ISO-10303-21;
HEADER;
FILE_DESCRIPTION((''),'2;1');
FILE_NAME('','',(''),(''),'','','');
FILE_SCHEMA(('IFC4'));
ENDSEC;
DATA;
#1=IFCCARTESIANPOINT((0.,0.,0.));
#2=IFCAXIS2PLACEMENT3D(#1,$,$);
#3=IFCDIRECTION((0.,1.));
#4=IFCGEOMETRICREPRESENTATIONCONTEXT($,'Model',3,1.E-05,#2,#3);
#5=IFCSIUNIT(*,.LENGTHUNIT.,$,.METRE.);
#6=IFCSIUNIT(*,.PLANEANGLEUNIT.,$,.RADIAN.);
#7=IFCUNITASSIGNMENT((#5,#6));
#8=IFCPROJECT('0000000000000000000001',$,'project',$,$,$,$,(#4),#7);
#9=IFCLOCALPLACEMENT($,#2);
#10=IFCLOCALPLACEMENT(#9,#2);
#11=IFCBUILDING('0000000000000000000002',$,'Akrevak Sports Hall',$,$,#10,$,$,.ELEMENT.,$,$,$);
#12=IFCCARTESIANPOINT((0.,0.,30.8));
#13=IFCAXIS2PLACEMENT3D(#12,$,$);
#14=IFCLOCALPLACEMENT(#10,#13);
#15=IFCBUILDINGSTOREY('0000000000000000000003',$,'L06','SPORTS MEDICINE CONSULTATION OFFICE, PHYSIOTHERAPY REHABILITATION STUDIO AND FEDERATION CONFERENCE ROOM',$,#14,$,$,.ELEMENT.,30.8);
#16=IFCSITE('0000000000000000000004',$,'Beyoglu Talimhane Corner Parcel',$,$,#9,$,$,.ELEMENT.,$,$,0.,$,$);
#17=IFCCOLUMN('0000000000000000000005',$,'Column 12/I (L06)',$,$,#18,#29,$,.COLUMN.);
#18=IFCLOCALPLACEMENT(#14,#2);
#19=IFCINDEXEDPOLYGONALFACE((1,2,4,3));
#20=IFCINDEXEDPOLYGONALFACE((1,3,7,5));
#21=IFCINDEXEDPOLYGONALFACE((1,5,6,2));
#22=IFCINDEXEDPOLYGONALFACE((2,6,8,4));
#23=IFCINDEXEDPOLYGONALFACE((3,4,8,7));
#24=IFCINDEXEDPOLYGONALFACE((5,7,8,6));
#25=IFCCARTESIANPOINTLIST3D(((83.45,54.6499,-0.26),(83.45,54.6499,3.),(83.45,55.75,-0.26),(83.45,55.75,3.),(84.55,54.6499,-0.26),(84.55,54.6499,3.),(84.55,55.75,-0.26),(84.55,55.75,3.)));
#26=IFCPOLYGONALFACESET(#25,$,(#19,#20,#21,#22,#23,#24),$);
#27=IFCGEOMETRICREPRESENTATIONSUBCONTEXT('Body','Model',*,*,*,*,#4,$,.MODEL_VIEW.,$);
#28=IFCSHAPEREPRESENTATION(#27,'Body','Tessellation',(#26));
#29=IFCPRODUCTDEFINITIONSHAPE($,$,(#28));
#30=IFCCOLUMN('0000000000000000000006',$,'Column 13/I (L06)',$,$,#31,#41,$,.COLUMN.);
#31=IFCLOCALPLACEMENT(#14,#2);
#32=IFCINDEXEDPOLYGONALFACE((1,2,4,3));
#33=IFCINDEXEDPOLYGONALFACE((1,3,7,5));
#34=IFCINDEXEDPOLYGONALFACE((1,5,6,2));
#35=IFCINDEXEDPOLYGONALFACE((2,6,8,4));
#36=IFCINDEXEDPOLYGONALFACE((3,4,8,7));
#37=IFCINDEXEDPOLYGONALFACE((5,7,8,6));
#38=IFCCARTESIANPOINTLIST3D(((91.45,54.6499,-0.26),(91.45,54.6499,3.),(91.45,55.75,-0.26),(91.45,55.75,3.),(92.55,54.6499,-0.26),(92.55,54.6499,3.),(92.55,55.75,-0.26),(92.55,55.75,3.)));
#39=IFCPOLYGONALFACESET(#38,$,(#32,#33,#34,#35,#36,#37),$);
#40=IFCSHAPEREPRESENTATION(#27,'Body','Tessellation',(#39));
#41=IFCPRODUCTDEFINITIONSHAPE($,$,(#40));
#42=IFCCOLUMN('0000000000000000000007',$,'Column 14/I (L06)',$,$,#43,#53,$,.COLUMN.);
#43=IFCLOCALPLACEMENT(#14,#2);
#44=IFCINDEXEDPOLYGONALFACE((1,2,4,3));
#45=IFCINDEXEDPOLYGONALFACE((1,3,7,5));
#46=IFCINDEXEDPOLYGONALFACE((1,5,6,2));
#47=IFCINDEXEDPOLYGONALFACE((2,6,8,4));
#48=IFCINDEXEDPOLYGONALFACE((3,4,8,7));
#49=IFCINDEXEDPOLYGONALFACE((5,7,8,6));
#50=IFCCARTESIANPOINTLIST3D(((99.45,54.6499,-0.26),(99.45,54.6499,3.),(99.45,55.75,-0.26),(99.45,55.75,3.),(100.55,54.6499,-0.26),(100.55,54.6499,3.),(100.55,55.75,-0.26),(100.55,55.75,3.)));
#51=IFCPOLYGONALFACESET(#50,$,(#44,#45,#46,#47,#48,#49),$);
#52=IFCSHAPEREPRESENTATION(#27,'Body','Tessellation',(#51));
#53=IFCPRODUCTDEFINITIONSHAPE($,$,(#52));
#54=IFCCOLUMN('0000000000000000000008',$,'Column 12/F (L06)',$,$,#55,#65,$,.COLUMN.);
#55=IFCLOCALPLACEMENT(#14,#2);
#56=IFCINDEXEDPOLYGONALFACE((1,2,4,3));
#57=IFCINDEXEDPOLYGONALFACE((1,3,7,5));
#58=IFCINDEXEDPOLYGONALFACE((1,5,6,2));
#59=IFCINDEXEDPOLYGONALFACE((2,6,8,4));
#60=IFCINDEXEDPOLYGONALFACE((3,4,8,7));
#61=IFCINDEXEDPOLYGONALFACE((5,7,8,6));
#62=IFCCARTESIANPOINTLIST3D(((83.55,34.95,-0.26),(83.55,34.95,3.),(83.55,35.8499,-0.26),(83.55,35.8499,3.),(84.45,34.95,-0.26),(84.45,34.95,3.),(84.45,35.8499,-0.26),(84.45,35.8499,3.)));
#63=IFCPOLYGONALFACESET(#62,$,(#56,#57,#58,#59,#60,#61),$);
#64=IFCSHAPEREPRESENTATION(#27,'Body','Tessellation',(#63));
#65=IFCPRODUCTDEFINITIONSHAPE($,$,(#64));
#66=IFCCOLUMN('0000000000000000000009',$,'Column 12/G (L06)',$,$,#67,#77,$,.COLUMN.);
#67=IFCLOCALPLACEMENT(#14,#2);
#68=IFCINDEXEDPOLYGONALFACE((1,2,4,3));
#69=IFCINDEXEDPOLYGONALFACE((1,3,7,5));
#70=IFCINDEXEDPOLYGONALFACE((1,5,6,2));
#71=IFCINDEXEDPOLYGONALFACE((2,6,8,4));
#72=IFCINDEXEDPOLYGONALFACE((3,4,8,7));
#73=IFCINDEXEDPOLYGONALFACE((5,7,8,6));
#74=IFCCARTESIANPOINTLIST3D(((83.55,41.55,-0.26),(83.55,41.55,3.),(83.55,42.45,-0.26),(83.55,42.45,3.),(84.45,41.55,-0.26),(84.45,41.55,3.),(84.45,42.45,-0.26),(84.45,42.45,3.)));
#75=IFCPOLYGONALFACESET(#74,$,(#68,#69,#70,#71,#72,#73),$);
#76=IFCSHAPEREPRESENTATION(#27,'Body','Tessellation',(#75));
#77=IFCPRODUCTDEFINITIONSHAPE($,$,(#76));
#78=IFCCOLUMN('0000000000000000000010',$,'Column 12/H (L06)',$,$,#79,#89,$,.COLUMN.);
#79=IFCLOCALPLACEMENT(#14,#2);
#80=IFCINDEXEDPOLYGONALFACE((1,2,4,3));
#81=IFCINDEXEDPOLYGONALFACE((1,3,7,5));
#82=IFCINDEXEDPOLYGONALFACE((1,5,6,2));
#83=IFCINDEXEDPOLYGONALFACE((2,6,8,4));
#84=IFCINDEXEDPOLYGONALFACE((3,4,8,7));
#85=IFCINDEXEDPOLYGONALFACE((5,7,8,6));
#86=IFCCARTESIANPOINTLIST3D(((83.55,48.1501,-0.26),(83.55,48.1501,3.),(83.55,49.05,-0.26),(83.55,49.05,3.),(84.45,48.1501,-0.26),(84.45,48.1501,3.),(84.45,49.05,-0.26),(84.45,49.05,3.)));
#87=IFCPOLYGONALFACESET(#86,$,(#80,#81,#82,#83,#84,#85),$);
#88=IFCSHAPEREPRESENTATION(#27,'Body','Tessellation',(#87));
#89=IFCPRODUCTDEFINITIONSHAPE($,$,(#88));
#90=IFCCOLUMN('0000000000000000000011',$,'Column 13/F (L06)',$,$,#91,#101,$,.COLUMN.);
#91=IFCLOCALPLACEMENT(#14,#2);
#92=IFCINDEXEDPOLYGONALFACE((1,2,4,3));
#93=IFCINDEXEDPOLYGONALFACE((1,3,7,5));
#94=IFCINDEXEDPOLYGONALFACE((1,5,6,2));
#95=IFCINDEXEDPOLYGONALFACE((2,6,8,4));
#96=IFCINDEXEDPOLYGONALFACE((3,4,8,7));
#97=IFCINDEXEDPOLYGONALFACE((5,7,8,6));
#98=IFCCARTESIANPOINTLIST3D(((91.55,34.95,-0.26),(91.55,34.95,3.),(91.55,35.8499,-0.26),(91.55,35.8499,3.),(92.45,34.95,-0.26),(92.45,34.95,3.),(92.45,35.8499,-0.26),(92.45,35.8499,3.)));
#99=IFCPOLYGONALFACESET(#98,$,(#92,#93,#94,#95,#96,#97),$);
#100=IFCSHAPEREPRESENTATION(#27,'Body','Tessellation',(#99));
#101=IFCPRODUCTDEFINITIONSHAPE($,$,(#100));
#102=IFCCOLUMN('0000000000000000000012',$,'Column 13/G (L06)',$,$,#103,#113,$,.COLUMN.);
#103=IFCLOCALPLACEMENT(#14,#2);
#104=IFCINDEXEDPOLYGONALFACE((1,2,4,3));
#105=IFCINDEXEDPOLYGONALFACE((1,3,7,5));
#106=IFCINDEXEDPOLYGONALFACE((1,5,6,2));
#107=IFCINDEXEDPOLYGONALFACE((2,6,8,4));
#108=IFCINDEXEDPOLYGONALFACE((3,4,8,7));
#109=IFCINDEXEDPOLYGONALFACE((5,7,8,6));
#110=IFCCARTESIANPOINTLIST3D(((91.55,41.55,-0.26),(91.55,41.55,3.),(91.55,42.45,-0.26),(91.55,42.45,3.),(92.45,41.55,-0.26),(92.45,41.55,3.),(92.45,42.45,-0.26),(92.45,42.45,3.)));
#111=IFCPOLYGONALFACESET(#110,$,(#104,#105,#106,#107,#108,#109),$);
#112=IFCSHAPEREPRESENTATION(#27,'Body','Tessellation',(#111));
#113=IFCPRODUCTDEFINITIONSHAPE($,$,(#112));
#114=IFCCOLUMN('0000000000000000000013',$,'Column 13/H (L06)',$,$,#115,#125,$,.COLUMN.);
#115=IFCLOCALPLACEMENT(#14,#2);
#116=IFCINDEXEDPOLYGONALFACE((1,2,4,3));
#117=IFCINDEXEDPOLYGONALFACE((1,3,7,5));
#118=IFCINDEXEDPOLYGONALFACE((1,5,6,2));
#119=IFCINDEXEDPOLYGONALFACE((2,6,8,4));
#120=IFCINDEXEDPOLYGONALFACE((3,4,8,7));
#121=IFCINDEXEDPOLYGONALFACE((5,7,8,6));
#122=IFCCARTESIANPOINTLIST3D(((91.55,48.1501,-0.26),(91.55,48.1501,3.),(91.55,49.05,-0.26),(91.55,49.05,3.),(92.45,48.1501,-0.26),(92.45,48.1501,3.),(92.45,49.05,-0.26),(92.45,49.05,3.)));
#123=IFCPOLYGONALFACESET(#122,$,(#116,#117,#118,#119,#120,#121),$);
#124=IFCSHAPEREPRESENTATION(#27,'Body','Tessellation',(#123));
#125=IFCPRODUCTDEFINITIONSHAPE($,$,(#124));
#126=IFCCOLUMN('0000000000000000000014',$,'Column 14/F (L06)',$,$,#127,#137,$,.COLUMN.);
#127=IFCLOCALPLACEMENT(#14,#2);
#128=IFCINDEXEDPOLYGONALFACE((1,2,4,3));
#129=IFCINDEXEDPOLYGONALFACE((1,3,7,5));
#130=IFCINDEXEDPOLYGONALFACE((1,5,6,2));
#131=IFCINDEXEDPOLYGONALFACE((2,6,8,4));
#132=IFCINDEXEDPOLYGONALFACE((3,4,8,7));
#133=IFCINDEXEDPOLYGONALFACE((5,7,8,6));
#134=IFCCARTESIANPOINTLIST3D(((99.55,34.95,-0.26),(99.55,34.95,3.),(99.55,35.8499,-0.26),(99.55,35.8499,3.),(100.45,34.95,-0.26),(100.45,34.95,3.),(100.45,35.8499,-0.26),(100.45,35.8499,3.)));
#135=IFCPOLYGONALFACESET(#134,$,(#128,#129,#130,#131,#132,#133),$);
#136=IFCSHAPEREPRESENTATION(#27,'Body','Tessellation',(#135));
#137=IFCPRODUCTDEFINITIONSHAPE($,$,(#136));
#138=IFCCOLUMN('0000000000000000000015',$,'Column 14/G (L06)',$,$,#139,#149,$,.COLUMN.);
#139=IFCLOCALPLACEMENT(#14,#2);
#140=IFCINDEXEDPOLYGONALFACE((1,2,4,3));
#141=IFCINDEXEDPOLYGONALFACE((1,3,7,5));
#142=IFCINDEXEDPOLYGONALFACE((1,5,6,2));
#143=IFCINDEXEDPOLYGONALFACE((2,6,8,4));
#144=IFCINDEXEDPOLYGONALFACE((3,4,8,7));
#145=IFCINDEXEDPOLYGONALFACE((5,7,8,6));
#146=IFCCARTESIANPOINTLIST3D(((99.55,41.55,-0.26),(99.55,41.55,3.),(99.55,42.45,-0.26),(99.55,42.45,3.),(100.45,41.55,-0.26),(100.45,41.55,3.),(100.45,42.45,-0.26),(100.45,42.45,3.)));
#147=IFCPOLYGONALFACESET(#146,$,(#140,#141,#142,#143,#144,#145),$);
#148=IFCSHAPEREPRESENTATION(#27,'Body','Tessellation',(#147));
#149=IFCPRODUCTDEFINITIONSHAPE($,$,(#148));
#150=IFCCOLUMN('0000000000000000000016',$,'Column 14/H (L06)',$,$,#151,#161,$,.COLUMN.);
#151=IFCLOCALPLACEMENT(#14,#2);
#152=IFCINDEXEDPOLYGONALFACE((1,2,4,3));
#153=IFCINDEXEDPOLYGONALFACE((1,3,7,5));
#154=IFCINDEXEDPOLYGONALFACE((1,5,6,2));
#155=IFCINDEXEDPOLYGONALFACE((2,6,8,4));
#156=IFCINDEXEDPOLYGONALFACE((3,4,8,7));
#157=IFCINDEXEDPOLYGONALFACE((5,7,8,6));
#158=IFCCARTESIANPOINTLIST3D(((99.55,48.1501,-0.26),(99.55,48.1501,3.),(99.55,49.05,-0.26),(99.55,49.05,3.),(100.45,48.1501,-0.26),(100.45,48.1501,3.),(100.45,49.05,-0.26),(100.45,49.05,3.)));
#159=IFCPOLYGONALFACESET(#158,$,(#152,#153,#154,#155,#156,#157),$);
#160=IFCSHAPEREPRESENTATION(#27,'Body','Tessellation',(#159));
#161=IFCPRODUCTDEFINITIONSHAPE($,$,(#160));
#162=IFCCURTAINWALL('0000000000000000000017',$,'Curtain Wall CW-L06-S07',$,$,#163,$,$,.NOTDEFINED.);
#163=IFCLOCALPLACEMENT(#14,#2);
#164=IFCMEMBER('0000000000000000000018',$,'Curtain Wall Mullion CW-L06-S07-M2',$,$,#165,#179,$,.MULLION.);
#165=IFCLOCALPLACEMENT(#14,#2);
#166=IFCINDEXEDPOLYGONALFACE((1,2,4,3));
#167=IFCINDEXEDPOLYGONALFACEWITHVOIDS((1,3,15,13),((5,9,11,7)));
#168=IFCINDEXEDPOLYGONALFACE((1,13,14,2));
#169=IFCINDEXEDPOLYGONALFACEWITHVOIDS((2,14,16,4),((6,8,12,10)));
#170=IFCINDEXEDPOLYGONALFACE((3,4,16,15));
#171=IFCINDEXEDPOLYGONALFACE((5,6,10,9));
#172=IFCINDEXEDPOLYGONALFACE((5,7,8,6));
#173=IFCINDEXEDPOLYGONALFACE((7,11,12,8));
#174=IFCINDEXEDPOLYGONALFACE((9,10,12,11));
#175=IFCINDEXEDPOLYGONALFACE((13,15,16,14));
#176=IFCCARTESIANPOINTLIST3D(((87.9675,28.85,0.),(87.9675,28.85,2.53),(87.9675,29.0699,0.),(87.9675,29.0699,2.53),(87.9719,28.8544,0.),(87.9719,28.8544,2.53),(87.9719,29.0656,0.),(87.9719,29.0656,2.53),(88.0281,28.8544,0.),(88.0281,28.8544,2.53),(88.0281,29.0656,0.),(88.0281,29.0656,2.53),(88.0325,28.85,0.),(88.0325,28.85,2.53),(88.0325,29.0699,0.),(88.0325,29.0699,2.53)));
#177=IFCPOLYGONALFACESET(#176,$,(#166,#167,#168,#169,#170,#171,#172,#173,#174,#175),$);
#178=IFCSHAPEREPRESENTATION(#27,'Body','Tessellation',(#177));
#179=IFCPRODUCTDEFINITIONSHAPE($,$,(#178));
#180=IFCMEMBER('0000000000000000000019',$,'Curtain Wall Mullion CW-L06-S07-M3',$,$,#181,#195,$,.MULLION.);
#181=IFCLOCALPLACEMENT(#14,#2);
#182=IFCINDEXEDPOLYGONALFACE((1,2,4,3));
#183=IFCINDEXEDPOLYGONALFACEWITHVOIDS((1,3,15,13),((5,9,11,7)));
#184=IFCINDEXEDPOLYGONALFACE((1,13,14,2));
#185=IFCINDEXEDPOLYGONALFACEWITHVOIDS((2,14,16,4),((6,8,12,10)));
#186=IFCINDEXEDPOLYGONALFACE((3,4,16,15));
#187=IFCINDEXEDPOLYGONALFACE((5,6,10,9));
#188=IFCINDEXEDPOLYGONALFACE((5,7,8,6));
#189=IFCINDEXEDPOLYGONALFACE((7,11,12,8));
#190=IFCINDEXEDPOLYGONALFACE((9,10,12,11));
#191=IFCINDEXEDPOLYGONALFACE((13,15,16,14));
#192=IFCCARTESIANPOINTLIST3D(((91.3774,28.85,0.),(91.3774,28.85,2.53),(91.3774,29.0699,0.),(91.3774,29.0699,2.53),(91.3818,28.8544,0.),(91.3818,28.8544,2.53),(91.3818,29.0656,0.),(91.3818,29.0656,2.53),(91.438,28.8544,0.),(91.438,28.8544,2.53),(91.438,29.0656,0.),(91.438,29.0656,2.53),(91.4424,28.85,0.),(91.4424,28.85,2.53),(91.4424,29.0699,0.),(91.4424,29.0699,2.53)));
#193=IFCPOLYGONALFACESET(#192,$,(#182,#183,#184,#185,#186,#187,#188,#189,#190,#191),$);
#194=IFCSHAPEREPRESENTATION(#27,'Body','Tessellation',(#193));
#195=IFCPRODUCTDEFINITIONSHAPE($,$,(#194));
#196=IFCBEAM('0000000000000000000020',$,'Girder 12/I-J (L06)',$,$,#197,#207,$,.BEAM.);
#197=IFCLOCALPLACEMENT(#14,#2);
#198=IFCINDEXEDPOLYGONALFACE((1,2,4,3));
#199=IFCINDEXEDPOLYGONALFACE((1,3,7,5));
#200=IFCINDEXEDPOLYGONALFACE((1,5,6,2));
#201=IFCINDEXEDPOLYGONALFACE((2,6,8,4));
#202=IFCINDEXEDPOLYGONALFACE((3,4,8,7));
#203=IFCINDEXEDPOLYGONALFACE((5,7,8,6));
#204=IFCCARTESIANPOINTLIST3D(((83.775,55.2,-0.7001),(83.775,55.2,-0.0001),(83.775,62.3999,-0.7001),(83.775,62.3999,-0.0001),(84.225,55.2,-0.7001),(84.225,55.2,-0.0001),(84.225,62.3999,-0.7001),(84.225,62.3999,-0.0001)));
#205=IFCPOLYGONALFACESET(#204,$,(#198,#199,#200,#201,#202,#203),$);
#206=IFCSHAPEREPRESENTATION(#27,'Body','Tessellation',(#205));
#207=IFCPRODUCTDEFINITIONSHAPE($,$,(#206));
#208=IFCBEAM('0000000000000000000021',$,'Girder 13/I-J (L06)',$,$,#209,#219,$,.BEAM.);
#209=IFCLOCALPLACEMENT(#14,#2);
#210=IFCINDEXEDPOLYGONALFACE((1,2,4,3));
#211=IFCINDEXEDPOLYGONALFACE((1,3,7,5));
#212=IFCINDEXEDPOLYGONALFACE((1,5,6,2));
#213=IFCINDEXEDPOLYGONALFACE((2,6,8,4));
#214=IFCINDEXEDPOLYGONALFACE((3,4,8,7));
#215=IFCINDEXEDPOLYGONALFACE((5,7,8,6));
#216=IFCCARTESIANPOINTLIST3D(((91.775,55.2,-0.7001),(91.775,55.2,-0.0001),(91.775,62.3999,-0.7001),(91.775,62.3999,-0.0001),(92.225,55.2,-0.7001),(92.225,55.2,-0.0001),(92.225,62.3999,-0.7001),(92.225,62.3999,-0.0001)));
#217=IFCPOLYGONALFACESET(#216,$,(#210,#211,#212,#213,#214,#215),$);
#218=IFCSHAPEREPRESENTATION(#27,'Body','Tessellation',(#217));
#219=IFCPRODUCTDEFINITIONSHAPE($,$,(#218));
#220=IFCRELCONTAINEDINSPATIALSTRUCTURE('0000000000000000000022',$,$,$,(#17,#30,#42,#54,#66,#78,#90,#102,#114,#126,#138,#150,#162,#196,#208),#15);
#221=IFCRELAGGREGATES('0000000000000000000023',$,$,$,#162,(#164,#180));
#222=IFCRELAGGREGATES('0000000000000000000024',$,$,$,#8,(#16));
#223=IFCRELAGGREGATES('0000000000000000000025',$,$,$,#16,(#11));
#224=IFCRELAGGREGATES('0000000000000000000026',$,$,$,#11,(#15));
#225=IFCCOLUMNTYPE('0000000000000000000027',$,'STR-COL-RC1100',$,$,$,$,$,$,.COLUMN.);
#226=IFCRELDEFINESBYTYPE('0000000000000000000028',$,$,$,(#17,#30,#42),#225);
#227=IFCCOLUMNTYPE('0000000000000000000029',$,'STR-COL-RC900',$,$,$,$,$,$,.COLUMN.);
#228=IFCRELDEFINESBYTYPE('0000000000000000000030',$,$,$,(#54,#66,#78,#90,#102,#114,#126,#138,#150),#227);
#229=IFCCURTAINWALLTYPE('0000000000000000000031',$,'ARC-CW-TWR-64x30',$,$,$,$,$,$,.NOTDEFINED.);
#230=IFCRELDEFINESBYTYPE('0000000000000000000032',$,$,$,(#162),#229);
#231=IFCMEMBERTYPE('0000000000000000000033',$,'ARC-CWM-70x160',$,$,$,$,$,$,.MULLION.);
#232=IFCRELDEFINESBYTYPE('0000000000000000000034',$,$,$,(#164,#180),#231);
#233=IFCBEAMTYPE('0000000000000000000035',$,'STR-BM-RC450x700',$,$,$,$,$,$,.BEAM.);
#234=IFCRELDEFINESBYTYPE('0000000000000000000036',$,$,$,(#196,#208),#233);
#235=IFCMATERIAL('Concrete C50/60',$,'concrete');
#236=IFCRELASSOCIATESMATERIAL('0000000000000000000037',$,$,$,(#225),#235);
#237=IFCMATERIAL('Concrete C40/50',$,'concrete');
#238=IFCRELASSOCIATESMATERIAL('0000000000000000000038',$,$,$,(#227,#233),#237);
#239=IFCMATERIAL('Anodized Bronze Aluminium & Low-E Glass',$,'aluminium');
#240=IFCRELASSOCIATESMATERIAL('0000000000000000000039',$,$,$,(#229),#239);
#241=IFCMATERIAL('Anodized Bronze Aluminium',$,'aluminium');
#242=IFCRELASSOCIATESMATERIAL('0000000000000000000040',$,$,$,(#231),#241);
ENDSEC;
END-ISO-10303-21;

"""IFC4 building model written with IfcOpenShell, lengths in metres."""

from ifc_helpers import new_model, si_unit, direction, frame, origin, origin_2d, place, context, subcontext, project, spatial, rectangle, hollow_rectangle, extrude, material, material_profile, profile_set, type_object, element, aggregate, save


model = new_model("IFC4")

# Units and contexts
model_context = context("Model", 3, precision=1e-05, world=origin(), true_north=direction((0.0, 1.0)))
body_context = subcontext(model_context, "Body", "Model", "MODEL_VIEW")
ifc_project = project(units=[si_unit("LENGTHUNIT", "METRE"), si_unit("PLANEANGLEUNIT", "RADIAN")], contexts=[model_context])

# Site, building, storey
site_placement = place(None, origin())
site = spatial("IfcSite", under=ifc_project, at=site_placement, Name="Beyoglu Talimhane Corner Parcel", CompositionType="ELEMENT", RefElevation=0.0)
building_placement = place(site_placement, origin())
building = spatial("IfcBuilding", under=site, at=building_placement, Name="Akrevak Sports Hall", CompositionType="ELEMENT")
storey_placement = place(building_placement, frame((0.0, 0.0, 30.8)))
storey = spatial("IfcBuildingStorey", under=building, at=storey_placement, Name="L06", Description="SPORTS MEDICINE CONSULTATION OFFICE, PHYSIOTHERAPY REHABILITATION STUDIO AND FEDERATION CONFERENCE ROOM", CompositionType="ELEMENT", Elevation=30.8)

# Columns
ifc_material_1 = material(Name="Concrete C50/60", Category="concrete")
ifc_material_profile_1 = material_profile(ifc_material_1, rectangle(XDim=1.1001, YDim=1.1001, at=origin_2d()), Name="RC 1100x1100", Category="concrete")
ifc_profile_set_1 = profile_set([ifc_material_profile_1], Name="Concrete C50/60")
column_type_1 = type_object("IfcColumnType", Name="STR-COL-RC1100", PredefinedType="COLUMN", material=ifc_profile_set_1)
for number, where, z_axis, x_axis, name in (
    (1, (84.0, 55.2, -0.26), (0.0, 0.0, 1.0), (1.0, 0.0, 0.0), "Column 12/I (L06)"),
    (2, (92.0, 55.2, -0.26), (0.0, 0.0, 1.0), (1.0, 0.0, 0.0), "Column 13/I (L06)"),
    (3, (100.0, 55.2, -0.26), (0.0, 0.0, 1.0), (1.0, 0.0, 0.0), "Column 14/I (L06)"),
):
    element("IfcColumn", number, at=place(storey_placement, frame(where, z_axis=z_axis, x_axis=x_axis)), inside=storey, type_object=column_type_1, Name=name, PredefinedType="COLUMN", context=body_context, shape_type="SweptSolid", body=[
        extrude(rectangle(XDim=1.1001, YDim=1.1001, at=origin_2d()), origin(), (0.0, 0.0, 1.0), 3.26),
    ])
ifc_material_2 = material(Name="Concrete C40/50", Category="concrete")
ifc_material_profile_2 = material_profile(ifc_material_2, rectangle(XDim=0.8999, YDim=0.8999, at=origin_2d()), Name="RC 900x900", Category="concrete")
ifc_profile_set_2 = profile_set([ifc_material_profile_2], Name="Concrete C40/50")
column_type_2 = type_object("IfcColumnType", Name="STR-COL-RC900", PredefinedType="COLUMN", material=ifc_profile_set_2)
for number, where, z_axis, x_axis, name in (
    (4, (84.0, 35.3999, -0.26), (0.0, 0.0, 1.0), (1.0, 0.0, 0.0), "Column 12/F (L06)"),
    (5, (84.0, 42.0, -0.26), (0.0, 0.0, 1.0), (1.0, 0.0, 0.0), "Column 12/G (L06)"),
    (6, (84.0, 48.6001, -0.26), (0.0, 0.0, 1.0), (1.0, 0.0, 0.0), "Column 12/H (L06)"),
    (7, (92.0, 35.3999, -0.26), (0.0, 0.0, 1.0), (1.0, 0.0, 0.0), "Column 13/F (L06)"),
    (8, (92.0, 42.0, -0.26), (0.0, 0.0, 1.0), (1.0, 0.0, 0.0), "Column 13/G (L06)"),
    (9, (92.0, 48.6001, -0.26), (0.0, 0.0, 1.0), (1.0, 0.0, 0.0), "Column 13/H (L06)"),
    (10, (100.0, 35.3999, -0.26), (0.0, 0.0, 1.0), (1.0, 0.0, 0.0), "Column 14/F (L06)"),
    (11, (100.0, 42.0, -0.26), (0.0, 0.0, 1.0), (1.0, 0.0, 0.0), "Column 14/G (L06)"),
    (12, (100.0, 48.6001, -0.26), (0.0, 0.0, 1.0), (1.0, 0.0, 0.0), "Column 14/H (L06)"),
):
    element("IfcColumn", number, at=place(storey_placement, frame(where, z_axis=z_axis, x_axis=x_axis)), inside=storey, type_object=column_type_2, Name=name, PredefinedType="COLUMN", context=body_context, shape_type="SweptSolid", body=[
        extrude(rectangle(XDim=0.8999, YDim=0.8999, at=origin_2d()), origin(), (0.0, 0.0, 1.0), 3.26),
    ])

# Curtain wall, members
ifc_material_3 = material(Name="Anodized Bronze Aluminium & Low-E Glass", Category="aluminium")
curtain_wall_type = type_object("IfcCurtainWallType", Name="ARC-CW-TWR-64x30", PredefinedType="NOTDEFINED", material=ifc_material_3)
curtain_wall_placement = place(storey_placement, origin())
curtain_wall = element("IfcCurtainWall", 13, at=curtain_wall_placement, inside=storey, type_object=curtain_wall_type, Name="Curtain Wall CW-L06-S07", PredefinedType="NOTDEFINED")
ifc_material_4 = material(Name="Anodized Bronze Aluminium", Category="aluminium")
ifc_material_profile_3 = material_profile(ifc_material_4, hollow_rectangle(XDim=0.0649, YDim=0.22, WallThickness=0.0044, at=origin_2d()), Name="CWM 65x220", Category="aluminium")
ifc_profile_set_3 = profile_set([ifc_material_profile_3], Name="Anodized Bronze Aluminium")
member_type = type_object("IfcMemberType", Name="ARC-CWM-70x160", PredefinedType="MULLION", material=ifc_profile_set_3)
member_1_placement = place(storey_placement, frame((88.0, 28.96, 0.0), z_axis=(0.0, 0.0, 1.0), x_axis=(1.0, 0.0, 0.0)))
member_1 = element("IfcMember", 14, at=member_1_placement, type_object=member_type, Name="Curtain Wall Mullion CW-L06-S07-M2", PredefinedType="MULLION", context=body_context, shape_type="SweptSolid", body=[
    extrude(hollow_rectangle(XDim=0.0649, YDim=0.22, WallThickness=0.0044, at=origin_2d()), origin(), (0.0, 0.0, 1.0), 2.53),
])
member_2_placement = place(storey_placement, frame((91.4099, 28.96, 0.0), z_axis=(0.0, 0.0, 1.0), x_axis=(1.0, 0.0, 0.0)))
member_2 = element("IfcMember", 15, at=member_2_placement, type_object=member_type, Name="Curtain Wall Mullion CW-L06-S07-M3", PredefinedType="MULLION", context=body_context, shape_type="SweptSolid", body=[
    extrude(hollow_rectangle(XDim=0.0649, YDim=0.22, WallThickness=0.0044, at=origin_2d()), origin(), (0.0, 0.0, 1.0), 2.53),
])

# Beams
ifc_material_profile_4 = material_profile(ifc_material_2, rectangle(XDim=0.45, YDim=0.7, at=origin_2d()), Name="BM 450x700", Category="concrete")
ifc_profile_set_4 = profile_set([ifc_material_profile_4], Name="Concrete C40/50")
beam_type_1 = type_object("IfcBeamType", Name="STR-BM-RC450x700", PredefinedType="BEAM", material=ifc_profile_set_4)
for number, where, z_axis, x_axis, name in (
    (16, (84.0, 55.2, -0.3501), (0.0, 1.0, 0.0), (-1.0, 0.0, 0.0), "Girder 12/I-J (L06)"),
    (17, (92.0, 55.2, -0.3501), (0.0, 1.0, 0.0), (-1.0, 0.0, 0.0), "Girder 13/I-J (L06)"),
):
    element("IfcBeam", number, at=place(storey_placement, frame(where, z_axis=z_axis, x_axis=x_axis)), inside=storey, type_object=beam_type_1, Name=name, PredefinedType="BEAM", context=body_context, shape_type="SweptSolid", body=[
        extrude(rectangle(XDim=0.45, YDim=0.7, at=origin_2d()), origin(), (0.0, 0.0, 1.0), 7.2),
    ])

aggregate(curtain_wall, [member_1, member_2])

save(model, "model.ifc")
